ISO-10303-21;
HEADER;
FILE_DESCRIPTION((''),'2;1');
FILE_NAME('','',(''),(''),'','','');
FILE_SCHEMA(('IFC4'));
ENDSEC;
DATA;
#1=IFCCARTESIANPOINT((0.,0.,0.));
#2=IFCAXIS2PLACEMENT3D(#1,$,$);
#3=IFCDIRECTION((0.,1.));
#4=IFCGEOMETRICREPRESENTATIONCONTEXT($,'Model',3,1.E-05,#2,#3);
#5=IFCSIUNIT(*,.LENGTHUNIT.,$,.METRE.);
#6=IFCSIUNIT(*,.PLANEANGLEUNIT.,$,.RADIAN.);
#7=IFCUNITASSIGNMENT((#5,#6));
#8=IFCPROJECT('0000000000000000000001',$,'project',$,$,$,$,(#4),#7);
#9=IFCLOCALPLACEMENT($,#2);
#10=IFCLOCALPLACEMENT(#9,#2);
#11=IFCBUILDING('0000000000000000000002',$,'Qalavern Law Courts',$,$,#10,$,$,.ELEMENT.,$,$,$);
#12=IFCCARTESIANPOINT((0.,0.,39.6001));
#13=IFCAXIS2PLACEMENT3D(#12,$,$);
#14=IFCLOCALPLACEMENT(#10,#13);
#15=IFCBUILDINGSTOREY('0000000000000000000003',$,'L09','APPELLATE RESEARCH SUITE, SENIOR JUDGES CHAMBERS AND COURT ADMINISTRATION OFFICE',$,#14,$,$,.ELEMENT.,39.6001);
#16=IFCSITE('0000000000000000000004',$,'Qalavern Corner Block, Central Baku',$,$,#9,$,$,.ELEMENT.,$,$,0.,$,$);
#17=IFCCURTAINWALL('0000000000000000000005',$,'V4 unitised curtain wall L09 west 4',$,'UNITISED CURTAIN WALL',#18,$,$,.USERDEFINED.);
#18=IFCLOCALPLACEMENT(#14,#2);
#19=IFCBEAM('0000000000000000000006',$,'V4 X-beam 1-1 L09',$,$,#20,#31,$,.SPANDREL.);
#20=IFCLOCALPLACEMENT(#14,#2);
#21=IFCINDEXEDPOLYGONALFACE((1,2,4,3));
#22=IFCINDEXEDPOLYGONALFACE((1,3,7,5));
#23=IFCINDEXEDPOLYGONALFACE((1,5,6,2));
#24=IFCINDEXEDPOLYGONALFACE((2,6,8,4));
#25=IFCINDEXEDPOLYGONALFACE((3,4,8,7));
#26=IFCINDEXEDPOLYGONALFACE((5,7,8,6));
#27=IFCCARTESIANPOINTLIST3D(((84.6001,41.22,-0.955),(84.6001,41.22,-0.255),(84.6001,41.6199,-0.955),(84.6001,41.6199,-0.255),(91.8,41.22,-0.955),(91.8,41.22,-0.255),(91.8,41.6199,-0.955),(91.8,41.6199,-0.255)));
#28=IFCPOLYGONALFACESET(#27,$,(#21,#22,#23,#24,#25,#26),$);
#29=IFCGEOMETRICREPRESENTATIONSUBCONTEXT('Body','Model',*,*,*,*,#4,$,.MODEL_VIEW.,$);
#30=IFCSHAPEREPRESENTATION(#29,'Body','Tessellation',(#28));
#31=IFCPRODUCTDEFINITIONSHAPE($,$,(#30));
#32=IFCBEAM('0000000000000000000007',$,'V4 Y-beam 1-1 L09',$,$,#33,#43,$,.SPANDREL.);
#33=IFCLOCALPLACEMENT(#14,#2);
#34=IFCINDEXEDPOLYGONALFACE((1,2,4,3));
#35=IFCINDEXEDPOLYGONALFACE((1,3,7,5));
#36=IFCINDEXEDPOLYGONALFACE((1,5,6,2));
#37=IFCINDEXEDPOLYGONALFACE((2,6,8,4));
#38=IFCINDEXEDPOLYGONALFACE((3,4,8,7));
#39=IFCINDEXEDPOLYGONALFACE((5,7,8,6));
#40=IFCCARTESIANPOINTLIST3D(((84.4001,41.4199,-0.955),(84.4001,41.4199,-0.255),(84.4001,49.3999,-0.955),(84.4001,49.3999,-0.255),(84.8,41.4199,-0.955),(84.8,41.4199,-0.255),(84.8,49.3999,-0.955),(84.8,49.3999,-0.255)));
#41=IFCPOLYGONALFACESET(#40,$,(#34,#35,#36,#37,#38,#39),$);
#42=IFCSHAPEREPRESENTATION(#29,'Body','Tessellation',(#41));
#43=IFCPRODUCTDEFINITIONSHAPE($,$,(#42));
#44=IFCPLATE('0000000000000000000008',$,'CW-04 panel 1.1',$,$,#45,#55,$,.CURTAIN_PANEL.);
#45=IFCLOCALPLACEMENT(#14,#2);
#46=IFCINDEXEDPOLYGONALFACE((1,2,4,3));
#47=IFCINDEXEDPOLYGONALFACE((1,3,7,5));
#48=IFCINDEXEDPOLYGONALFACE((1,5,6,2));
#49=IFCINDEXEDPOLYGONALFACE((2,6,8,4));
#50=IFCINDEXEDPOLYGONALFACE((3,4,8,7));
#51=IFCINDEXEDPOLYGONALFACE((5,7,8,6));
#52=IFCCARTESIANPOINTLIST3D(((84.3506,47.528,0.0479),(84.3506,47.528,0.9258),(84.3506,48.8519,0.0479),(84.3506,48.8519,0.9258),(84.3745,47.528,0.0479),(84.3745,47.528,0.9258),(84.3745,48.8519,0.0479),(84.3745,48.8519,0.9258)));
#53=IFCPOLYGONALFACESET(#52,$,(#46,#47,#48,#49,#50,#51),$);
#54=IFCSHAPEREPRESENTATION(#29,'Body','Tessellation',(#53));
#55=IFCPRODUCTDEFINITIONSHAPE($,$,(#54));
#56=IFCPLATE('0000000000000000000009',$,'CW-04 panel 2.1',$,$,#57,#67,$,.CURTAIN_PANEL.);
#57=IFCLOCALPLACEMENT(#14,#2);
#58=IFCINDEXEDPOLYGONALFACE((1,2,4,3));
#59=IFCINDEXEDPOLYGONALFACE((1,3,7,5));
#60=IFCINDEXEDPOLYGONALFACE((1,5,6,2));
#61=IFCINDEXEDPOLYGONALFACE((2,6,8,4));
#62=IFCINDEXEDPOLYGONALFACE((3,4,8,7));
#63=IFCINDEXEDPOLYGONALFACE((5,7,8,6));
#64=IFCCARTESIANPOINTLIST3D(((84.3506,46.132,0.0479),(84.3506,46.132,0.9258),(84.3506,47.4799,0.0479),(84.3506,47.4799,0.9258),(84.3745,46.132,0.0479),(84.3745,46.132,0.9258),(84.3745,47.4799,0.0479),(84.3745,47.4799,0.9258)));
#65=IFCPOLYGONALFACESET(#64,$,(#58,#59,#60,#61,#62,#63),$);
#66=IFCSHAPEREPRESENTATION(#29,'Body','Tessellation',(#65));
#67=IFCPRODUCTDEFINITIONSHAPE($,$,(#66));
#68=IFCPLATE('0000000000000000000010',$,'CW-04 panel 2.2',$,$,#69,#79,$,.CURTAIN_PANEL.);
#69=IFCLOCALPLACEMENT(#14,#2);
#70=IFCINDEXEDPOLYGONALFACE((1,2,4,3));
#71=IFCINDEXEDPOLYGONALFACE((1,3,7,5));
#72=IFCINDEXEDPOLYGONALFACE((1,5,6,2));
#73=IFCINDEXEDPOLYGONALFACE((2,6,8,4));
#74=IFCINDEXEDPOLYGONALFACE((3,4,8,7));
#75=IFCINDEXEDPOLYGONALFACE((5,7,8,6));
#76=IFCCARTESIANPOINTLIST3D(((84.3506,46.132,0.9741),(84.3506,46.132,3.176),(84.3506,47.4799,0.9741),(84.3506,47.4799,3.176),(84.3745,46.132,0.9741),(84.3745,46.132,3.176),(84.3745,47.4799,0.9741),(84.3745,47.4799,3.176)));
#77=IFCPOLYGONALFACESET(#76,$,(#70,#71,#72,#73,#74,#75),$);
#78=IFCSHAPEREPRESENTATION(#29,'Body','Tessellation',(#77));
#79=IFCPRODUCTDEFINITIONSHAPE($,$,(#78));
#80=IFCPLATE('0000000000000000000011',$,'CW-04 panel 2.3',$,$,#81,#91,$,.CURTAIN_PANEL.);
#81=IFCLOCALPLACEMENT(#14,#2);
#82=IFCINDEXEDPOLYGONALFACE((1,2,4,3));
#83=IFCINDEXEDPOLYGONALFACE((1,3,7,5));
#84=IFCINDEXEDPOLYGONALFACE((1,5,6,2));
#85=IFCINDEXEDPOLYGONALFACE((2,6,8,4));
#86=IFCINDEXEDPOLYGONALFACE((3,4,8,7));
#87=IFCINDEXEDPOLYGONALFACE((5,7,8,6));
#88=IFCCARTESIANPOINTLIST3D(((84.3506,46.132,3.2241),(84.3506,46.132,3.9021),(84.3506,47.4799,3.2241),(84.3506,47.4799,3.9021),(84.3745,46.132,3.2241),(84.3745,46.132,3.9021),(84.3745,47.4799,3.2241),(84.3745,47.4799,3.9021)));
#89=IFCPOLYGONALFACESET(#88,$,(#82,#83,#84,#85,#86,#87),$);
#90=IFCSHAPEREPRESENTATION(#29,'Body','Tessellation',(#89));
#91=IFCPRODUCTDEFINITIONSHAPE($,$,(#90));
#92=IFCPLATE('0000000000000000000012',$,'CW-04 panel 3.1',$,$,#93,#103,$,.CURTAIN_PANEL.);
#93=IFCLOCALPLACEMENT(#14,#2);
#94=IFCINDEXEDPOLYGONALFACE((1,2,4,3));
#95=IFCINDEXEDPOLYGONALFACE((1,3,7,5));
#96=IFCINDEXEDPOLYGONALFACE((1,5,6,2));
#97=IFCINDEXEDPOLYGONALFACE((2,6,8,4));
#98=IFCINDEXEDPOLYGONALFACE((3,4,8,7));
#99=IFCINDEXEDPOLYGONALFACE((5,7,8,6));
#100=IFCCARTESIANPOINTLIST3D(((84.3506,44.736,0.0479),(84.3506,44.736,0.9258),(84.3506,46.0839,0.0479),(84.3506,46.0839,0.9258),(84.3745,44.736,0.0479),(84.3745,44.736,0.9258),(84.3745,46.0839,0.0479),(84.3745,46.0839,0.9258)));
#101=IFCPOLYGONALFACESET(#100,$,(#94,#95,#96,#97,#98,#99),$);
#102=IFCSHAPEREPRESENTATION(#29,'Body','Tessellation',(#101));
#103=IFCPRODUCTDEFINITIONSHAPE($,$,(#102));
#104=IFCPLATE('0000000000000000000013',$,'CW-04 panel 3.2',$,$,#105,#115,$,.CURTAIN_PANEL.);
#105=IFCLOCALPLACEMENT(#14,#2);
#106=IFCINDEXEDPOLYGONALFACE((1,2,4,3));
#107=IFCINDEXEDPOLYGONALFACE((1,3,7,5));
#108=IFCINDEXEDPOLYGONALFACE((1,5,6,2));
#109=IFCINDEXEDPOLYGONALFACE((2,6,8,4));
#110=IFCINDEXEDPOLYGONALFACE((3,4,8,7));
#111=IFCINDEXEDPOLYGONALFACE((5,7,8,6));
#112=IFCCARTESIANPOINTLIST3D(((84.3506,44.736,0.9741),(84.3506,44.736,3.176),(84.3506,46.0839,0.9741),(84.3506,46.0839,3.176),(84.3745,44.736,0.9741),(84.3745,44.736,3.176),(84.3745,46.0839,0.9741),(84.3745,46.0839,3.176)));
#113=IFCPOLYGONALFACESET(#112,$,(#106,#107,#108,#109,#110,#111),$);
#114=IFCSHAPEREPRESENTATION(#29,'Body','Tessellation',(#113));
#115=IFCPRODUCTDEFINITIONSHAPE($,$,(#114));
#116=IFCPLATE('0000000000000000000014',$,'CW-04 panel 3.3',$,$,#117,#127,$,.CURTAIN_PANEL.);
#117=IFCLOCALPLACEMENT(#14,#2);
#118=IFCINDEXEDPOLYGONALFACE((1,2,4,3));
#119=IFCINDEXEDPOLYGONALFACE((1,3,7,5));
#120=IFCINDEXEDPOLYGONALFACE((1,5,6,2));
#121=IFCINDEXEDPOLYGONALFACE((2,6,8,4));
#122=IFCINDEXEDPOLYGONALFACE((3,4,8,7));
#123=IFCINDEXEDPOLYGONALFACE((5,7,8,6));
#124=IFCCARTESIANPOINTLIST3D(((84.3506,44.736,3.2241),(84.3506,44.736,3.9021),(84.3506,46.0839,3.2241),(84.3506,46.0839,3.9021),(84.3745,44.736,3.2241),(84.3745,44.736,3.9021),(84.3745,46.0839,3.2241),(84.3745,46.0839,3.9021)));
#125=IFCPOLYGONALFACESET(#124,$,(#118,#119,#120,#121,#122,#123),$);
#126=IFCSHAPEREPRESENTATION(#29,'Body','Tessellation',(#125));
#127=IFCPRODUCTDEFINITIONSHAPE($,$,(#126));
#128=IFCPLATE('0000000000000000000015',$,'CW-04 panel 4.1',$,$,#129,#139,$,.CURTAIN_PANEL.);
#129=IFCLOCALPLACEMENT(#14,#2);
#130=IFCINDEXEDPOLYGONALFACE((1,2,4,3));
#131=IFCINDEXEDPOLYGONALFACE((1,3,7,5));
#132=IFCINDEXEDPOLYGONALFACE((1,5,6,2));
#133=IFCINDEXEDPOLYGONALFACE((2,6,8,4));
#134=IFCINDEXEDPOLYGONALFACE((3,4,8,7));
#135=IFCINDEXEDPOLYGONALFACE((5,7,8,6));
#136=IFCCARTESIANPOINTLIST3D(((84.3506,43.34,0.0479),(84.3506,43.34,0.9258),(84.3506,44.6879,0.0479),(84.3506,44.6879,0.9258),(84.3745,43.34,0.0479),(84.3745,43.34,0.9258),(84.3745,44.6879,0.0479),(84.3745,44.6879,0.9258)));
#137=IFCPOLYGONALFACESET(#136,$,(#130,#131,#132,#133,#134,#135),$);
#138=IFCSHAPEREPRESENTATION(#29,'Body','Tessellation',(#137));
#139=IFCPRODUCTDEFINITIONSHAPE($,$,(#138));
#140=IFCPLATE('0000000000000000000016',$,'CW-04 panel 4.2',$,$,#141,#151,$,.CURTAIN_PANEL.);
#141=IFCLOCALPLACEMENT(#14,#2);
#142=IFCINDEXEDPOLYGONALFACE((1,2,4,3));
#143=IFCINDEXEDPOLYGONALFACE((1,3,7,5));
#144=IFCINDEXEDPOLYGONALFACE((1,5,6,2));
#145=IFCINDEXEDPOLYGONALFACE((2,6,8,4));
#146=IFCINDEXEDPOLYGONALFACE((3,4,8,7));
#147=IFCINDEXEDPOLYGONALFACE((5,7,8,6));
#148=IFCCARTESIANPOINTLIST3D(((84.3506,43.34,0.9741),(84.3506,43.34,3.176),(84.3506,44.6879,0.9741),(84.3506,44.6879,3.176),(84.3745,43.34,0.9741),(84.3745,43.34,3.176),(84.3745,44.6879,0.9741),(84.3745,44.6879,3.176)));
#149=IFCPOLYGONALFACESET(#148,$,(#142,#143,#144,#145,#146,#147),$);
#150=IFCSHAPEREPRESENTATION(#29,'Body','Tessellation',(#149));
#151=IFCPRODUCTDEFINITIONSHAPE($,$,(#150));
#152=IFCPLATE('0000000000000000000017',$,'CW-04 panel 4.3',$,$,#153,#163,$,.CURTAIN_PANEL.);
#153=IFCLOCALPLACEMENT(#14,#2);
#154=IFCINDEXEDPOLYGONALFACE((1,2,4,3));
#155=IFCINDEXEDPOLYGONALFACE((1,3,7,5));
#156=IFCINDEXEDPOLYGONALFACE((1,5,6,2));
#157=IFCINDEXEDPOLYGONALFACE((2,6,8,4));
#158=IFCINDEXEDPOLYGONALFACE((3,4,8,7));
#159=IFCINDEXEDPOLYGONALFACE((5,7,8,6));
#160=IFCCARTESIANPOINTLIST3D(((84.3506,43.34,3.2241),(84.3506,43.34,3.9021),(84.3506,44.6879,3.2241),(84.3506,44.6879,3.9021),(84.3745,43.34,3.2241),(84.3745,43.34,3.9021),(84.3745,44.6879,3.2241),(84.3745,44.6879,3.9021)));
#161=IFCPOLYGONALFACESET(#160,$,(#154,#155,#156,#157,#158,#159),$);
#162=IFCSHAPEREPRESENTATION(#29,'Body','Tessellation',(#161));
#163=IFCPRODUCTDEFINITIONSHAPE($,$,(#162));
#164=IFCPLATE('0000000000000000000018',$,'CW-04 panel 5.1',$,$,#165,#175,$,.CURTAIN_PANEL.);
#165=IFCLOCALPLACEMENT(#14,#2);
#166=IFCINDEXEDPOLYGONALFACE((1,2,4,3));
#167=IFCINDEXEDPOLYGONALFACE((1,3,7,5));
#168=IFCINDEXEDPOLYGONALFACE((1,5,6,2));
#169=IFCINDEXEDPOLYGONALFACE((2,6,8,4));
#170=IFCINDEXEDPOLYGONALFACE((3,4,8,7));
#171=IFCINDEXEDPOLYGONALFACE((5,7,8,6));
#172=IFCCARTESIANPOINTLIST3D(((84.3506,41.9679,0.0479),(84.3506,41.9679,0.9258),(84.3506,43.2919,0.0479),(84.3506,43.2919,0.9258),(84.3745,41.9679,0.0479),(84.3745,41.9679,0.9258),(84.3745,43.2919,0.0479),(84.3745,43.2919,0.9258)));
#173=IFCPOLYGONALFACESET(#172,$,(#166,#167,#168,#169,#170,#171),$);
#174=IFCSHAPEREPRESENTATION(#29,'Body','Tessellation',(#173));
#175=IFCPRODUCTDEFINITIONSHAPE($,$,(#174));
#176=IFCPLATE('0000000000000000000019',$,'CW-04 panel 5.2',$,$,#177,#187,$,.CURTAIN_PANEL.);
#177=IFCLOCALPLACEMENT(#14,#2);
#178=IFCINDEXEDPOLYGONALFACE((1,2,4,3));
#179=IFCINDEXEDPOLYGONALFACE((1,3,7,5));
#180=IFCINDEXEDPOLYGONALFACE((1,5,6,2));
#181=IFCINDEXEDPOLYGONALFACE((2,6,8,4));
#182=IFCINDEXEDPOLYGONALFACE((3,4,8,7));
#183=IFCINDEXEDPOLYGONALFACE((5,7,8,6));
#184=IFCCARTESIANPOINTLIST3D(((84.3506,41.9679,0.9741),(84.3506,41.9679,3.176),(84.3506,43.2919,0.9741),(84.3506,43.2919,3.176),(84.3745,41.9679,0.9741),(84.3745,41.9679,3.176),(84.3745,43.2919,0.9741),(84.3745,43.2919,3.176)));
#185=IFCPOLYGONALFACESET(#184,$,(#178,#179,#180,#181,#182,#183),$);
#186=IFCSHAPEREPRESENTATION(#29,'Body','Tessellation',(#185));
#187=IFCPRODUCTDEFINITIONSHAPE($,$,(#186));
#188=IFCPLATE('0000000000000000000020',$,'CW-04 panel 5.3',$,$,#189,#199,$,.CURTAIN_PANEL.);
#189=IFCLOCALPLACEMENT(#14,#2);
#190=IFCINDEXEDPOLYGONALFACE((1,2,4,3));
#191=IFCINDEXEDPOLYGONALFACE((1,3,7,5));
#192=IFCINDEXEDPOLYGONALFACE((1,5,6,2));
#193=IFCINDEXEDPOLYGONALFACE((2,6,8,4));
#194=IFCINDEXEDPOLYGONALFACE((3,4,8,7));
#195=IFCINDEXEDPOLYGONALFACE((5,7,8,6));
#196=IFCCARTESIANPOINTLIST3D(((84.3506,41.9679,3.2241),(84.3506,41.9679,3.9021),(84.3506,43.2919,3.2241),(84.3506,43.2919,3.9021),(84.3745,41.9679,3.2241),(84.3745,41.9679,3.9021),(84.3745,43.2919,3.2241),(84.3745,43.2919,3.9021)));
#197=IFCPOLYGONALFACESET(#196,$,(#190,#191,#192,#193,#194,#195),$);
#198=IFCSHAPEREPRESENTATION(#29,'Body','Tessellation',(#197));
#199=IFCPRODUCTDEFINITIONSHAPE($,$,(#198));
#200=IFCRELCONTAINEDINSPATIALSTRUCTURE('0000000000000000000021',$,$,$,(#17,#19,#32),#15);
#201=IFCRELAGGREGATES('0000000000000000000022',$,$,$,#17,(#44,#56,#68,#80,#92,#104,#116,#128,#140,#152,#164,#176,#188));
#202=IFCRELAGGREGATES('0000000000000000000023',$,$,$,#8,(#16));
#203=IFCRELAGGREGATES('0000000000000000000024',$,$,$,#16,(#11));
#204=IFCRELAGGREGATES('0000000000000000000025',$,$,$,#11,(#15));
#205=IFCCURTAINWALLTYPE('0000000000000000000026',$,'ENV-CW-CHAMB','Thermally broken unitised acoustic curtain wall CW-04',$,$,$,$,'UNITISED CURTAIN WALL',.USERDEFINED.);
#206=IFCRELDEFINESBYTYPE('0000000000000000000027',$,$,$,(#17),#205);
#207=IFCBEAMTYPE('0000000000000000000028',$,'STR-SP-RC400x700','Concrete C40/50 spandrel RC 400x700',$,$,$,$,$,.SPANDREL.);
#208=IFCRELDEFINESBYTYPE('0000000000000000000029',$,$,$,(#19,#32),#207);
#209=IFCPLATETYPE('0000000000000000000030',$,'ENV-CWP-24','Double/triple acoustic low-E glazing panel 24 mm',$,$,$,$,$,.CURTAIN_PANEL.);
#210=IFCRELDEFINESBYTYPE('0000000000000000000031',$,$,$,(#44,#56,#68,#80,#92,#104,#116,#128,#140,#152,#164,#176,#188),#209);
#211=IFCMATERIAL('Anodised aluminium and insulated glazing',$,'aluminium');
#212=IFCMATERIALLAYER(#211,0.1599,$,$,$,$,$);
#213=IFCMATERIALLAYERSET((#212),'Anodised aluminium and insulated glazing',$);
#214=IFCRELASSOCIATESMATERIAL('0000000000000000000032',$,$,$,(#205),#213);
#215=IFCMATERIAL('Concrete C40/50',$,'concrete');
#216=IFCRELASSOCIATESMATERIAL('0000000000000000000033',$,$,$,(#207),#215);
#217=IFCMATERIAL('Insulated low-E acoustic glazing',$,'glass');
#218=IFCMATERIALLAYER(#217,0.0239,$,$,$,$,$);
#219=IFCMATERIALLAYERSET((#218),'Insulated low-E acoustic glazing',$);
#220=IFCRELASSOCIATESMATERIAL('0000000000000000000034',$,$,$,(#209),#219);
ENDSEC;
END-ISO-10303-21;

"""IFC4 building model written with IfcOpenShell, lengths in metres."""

from ifc_helpers import new_model, si_unit, direction, frame, origin, origin_2d, place, context, subcontext, project, spatial, rectangle, extrude, material, layer, layer_set, material_profile, profile_set, type_object, element, aggregate, save


model = new_model("IFC4")

# Units and contexts
model_context = context("Model", 3, precision=1e-05, world=origin(), true_north=direction((0.0, 1.0)))
body_context = subcontext(model_context, "Body", "Model", "MODEL_VIEW")
ifc_project = project(units=[si_unit("LENGTHUNIT", "METRE"), si_unit("PLANEANGLEUNIT", "RADIAN")], contexts=[model_context])

# Site, building, storey
site_placement = place(None, origin())
site = spatial("IfcSite", under=ifc_project, at=site_placement, Name="Qalavern Corner Block, Central Baku", CompositionType="ELEMENT", RefElevation=0.0)
building_placement = place(site_placement, origin())
building = spatial("IfcBuilding", under=site, at=building_placement, Name="Qalavern Law Courts", CompositionType="ELEMENT")
storey_placement = place(building_placement, frame((0.0, 0.0, 39.6001)))
storey = spatial("IfcBuildingStorey", under=building, at=storey_placement, Name="L09", Description="APPELLATE RESEARCH SUITE, SENIOR JUDGES CHAMBERS AND COURT ADMINISTRATION OFFICE", CompositionType="ELEMENT", Elevation=39.6001)

# Curtain wall
ifc_material_1 = material(Name="Anodised aluminium and insulated glazing", Category="aluminium")
ifc_layer_1 = layer(ifc_material_1, 0.1599)
ifc_layer_set_1 = layer_set([ifc_layer_1], Name="Anodised aluminium and insulated glazing")
curtain_wall_type = type_object("IfcCurtainWallType", Name="ENV-CW-CHAMB", Description="Thermally broken unitised acoustic curtain wall CW-04", ElementType="UNITISED CURTAIN WALL", PredefinedType="USERDEFINED", material=ifc_layer_set_1)
curtain_wall_placement = place(storey_placement, origin())
curtain_wall = element("IfcCurtainWall", 1, at=curtain_wall_placement, inside=storey, type_object=curtain_wall_type, Name="V4 unitised curtain wall L09 west 4", ObjectType="UNITISED CURTAIN WALL", PredefinedType="USERDEFINED")

# Beams
ifc_material_2 = material(Name="Concrete C40/50", Category="concrete")
ifc_material_profile_1 = material_profile(ifc_material_2, rectangle(XDim=0.3999, YDim=0.7, at=origin_2d()), Name="RC 400x700")
ifc_profile_set_1 = profile_set([ifc_material_profile_1], Name="Concrete C40/50")
beam_type = type_object("IfcBeamType", Name="STR-SP-RC400x700", Description="Concrete C40/50 spandrel RC 400x700", PredefinedType="SPANDREL", material=ifc_profile_set_1)
beam_1_placement = place(storey_placement, frame((84.6001, 41.4199, -0.605), z_axis=(1.0, 0.0, 0.0), x_axis=(0.0, 1.0, 0.0)))
element("IfcBeam", 2, at=beam_1_placement, inside=storey, type_object=beam_type, Name="V4 X-beam 1-1 L09", PredefinedType="SPANDREL", context=body_context, shape_type="SweptSolid", body=[
    extrude(rectangle(XDim=0.3999, YDim=0.7, at=origin_2d()), origin(), (0.0, 0.0, 1.0), 7.2),
])
beam_2_placement = place(storey_placement, frame((84.6001, 41.4199, -0.605), z_axis=(0.0, 1.0, 0.0), x_axis=(-1.0, 0.0, 0.0)))
element("IfcBeam", 3, at=beam_2_placement, inside=storey, type_object=beam_type, Name="V4 Y-beam 1-1 L09", PredefinedType="SPANDREL", context=body_context, shape_type="SweptSolid", body=[
    extrude(rectangle(XDim=0.3999, YDim=0.7, at=origin_2d()), origin(), (0.0, 0.0, 1.0), 7.98),
])

# Plates
ifc_material_3 = material(Name="Insulated low-E acoustic glazing", Category="glass")
ifc_layer_2 = layer(ifc_material_3, 0.0239)
ifc_layer_set_2 = layer_set([ifc_layer_2], Name="Insulated low-E acoustic glazing")
plate_type = type_object("IfcPlateType", Name="ENV-CWP-24", Description="Double/triple acoustic low-E glazing panel 24 mm", PredefinedType="CURTAIN_PANEL", material=ifc_layer_set_2)
plate_1_placement = place(storey_placement, frame((84.3625, 48.1899, 0.0479), z_axis=(0.0, 0.0, 1.0), x_axis=(0.0, -1.0, 0.0)))
plate_1 = element("IfcPlate", 4, at=plate_1_placement, type_object=plate_type, Name="CW-04 panel 1.1", PredefinedType="CURTAIN_PANEL", context=body_context, shape_type="SweptSolid", body=[
    extrude(rectangle(XDim=1.324, YDim=0.0239, at=origin_2d()), origin(), (0.0, 0.0, 1.0), 0.8779),
])
plate_2_placement = place(storey_placement, frame((84.3625, 46.8059, 0.0479), z_axis=(0.0, 0.0, 1.0), x_axis=(0.0, -1.0, 0.0)))
plate_2 = element("IfcPlate", 5, at=plate_2_placement, type_object=plate_type, Name="CW-04 panel 2.1", PredefinedType="CURTAIN_PANEL", context=body_context, shape_type="SweptSolid", body=[
    extrude(rectangle(XDim=1.3479, YDim=0.0239, at=origin_2d()), origin(), (0.0, 0.0, 1.0), 0.8779),
])
plate_3_placement = place(storey_placement, frame((84.3625, 46.8059, 0.9741), z_axis=(0.0, 0.0, 1.0), x_axis=(0.0, -1.0, 0.0)))
plate_3 = element("IfcPlate", 6, at=plate_3_placement, type_object=plate_type, Name="CW-04 panel 2.2", PredefinedType="CURTAIN_PANEL", context=body_context, shape_type="SweptSolid", body=[
    extrude(rectangle(XDim=1.3479, YDim=0.0239, at=origin_2d()), origin(), (0.0, 0.0, 1.0), 2.2019),
])
plate_4_placement = place(storey_placement, frame((84.3625, 46.8059, 3.2241), z_axis=(0.0, 0.0, 1.0), x_axis=(0.0, -1.0, 0.0)))
plate_4 = element("IfcPlate", 7, at=plate_4_placement, type_object=plate_type, Name="CW-04 panel 2.3", PredefinedType="CURTAIN_PANEL", context=body_context, shape_type="SweptSolid", body=[
    extrude(rectangle(XDim=1.3479, YDim=0.0239, at=origin_2d()), origin(), (0.0, 0.0, 1.0), 0.678),
])
plate_5_placement = place(storey_placement, frame((84.3625, 45.4099, 0.0479), z_axis=(0.0, 0.0, 1.0), x_axis=(0.0, -1.0, 0.0)))
plate_5 = element("IfcPlate", 8, at=plate_5_placement, type_object=plate_type, Name="CW-04 panel 3.1", PredefinedType="CURTAIN_PANEL", context=body_context, shape_type="SweptSolid", body=[
    extrude(rectangle(XDim=1.3479, YDim=0.0239, at=origin_2d()), origin(), (0.0, 0.0, 1.0), 0.8779),
])
plate_6_placement = place(storey_placement, frame((84.3625, 45.4099, 0.9741), z_axis=(0.0, 0.0, 1.0), x_axis=(0.0, -1.0, 0.0)))
plate_6 = element("IfcPlate", 9, at=plate_6_placement, type_object=plate_type, Name="CW-04 panel 3.2", PredefinedType="CURTAIN_PANEL", context=body_context, shape_type="SweptSolid", body=[
    extrude(rectangle(XDim=1.3479, YDim=0.0239, at=origin_2d()), origin(), (0.0, 0.0, 1.0), 2.2019),
])
plate_7_placement = place(storey_placement, frame((84.3625, 45.4099, 3.2241), z_axis=(0.0, 0.0, 1.0), x_axis=(0.0, -1.0, 0.0)))
plate_7 = element("IfcPlate", 10, at=plate_7_placement, type_object=plate_type, Name="CW-04 panel 3.3", PredefinedType="CURTAIN_PANEL", context=body_context, shape_type="SweptSolid", body=[
    extrude(rectangle(XDim=1.3479, YDim=0.0239, at=origin_2d()), origin(), (0.0, 0.0, 1.0), 0.678),
])
plate_8_placement = place(storey_placement, frame((84.3625, 44.0139, 0.0479), z_axis=(0.0, 0.0, 1.0), x_axis=(0.0, -1.0, 0.0)))
plate_8 = element("IfcPlate", 11, at=plate_8_placement, type_object=plate_type, Name="CW-04 panel 4.1", PredefinedType="CURTAIN_PANEL", context=body_context, shape_type="SweptSolid", body=[
    extrude(rectangle(XDim=1.3479, YDim=0.0239, at=origin_2d()), origin(), (0.0, 0.0, 1.0), 0.8779),
])
plate_9_placement = place(storey_placement, frame((84.3625, 44.0139, 0.9741), z_axis=(0.0, 0.0, 1.0), x_axis=(0.0, -1.0, 0.0)))
plate_9 = element("IfcPlate", 12, at=plate_9_placement, type_object=plate_type, Name="CW-04 panel 4.2", PredefinedType="CURTAIN_PANEL", context=body_context, shape_type="SweptSolid", body=[
    extrude(rectangle(XDim=1.3479, YDim=0.0239, at=origin_2d()), origin(), (0.0, 0.0, 1.0), 2.2019),
])
plate_10_placement = place(storey_placement, frame((84.3625, 44.0139, 3.2241), z_axis=(0.0, 0.0, 1.0), x_axis=(0.0, -1.0, 0.0)))
plate_10 = element("IfcPlate", 13, at=plate_10_placement, type_object=plate_type, Name="CW-04 panel 4.3", PredefinedType="CURTAIN_PANEL", context=body_context, shape_type="SweptSolid", body=[
    extrude(rectangle(XDim=1.3479, YDim=0.0239, at=origin_2d()), origin(), (0.0, 0.0, 1.0), 0.678),
])
plate_11_placement = place(storey_placement, frame((84.3625, 42.6299, 0.0479), z_axis=(0.0, 0.0, 1.0), x_axis=(0.0, -1.0, 0.0)))
plate_11 = element("IfcPlate", 14, at=plate_11_placement, type_object=plate_type, Name="CW-04 panel 5.1", PredefinedType="CURTAIN_PANEL", context=body_context, shape_type="SweptSolid", body=[
    extrude(rectangle(XDim=1.324, YDim=0.0239, at=origin_2d()), origin(), (0.0, 0.0, 1.0), 0.8779),
])
plate_12_placement = place(storey_placement, frame((84.3625, 42.6299, 0.9741), z_axis=(0.0, 0.0, 1.0), x_axis=(0.0, -1.0, 0.0)))
plate_12 = element("IfcPlate", 15, at=plate_12_placement, type_object=plate_type, Name="CW-04 panel 5.2", PredefinedType="CURTAIN_PANEL", context=body_context, shape_type="SweptSolid", body=[
    extrude(rectangle(XDim=1.324, YDim=0.0239, at=origin_2d()), origin(), (0.0, 0.0, 1.0), 2.2019),
])
plate_13_placement = place(storey_placement, frame((84.3625, 42.6299, 3.2241), z_axis=(0.0, 0.0, 1.0), x_axis=(0.0, -1.0, 0.0)))
plate_13 = element("IfcPlate", 16, at=plate_13_placement, type_object=plate_type, Name="CW-04 panel 5.3", PredefinedType="CURTAIN_PANEL", context=body_context, shape_type="SweptSolid", body=[
    extrude(rectangle(XDim=1.324, YDim=0.0239, at=origin_2d()), origin(), (0.0, 0.0, 1.0), 0.678),
])
aggregate(curtain_wall, [plate_1, plate_2, plate_3, plate_4, plate_5, plate_6, plate_7, plate_8, plate_9, plate_10, plate_11, plate_12, plate_13])

save(model, "model.ifc")
